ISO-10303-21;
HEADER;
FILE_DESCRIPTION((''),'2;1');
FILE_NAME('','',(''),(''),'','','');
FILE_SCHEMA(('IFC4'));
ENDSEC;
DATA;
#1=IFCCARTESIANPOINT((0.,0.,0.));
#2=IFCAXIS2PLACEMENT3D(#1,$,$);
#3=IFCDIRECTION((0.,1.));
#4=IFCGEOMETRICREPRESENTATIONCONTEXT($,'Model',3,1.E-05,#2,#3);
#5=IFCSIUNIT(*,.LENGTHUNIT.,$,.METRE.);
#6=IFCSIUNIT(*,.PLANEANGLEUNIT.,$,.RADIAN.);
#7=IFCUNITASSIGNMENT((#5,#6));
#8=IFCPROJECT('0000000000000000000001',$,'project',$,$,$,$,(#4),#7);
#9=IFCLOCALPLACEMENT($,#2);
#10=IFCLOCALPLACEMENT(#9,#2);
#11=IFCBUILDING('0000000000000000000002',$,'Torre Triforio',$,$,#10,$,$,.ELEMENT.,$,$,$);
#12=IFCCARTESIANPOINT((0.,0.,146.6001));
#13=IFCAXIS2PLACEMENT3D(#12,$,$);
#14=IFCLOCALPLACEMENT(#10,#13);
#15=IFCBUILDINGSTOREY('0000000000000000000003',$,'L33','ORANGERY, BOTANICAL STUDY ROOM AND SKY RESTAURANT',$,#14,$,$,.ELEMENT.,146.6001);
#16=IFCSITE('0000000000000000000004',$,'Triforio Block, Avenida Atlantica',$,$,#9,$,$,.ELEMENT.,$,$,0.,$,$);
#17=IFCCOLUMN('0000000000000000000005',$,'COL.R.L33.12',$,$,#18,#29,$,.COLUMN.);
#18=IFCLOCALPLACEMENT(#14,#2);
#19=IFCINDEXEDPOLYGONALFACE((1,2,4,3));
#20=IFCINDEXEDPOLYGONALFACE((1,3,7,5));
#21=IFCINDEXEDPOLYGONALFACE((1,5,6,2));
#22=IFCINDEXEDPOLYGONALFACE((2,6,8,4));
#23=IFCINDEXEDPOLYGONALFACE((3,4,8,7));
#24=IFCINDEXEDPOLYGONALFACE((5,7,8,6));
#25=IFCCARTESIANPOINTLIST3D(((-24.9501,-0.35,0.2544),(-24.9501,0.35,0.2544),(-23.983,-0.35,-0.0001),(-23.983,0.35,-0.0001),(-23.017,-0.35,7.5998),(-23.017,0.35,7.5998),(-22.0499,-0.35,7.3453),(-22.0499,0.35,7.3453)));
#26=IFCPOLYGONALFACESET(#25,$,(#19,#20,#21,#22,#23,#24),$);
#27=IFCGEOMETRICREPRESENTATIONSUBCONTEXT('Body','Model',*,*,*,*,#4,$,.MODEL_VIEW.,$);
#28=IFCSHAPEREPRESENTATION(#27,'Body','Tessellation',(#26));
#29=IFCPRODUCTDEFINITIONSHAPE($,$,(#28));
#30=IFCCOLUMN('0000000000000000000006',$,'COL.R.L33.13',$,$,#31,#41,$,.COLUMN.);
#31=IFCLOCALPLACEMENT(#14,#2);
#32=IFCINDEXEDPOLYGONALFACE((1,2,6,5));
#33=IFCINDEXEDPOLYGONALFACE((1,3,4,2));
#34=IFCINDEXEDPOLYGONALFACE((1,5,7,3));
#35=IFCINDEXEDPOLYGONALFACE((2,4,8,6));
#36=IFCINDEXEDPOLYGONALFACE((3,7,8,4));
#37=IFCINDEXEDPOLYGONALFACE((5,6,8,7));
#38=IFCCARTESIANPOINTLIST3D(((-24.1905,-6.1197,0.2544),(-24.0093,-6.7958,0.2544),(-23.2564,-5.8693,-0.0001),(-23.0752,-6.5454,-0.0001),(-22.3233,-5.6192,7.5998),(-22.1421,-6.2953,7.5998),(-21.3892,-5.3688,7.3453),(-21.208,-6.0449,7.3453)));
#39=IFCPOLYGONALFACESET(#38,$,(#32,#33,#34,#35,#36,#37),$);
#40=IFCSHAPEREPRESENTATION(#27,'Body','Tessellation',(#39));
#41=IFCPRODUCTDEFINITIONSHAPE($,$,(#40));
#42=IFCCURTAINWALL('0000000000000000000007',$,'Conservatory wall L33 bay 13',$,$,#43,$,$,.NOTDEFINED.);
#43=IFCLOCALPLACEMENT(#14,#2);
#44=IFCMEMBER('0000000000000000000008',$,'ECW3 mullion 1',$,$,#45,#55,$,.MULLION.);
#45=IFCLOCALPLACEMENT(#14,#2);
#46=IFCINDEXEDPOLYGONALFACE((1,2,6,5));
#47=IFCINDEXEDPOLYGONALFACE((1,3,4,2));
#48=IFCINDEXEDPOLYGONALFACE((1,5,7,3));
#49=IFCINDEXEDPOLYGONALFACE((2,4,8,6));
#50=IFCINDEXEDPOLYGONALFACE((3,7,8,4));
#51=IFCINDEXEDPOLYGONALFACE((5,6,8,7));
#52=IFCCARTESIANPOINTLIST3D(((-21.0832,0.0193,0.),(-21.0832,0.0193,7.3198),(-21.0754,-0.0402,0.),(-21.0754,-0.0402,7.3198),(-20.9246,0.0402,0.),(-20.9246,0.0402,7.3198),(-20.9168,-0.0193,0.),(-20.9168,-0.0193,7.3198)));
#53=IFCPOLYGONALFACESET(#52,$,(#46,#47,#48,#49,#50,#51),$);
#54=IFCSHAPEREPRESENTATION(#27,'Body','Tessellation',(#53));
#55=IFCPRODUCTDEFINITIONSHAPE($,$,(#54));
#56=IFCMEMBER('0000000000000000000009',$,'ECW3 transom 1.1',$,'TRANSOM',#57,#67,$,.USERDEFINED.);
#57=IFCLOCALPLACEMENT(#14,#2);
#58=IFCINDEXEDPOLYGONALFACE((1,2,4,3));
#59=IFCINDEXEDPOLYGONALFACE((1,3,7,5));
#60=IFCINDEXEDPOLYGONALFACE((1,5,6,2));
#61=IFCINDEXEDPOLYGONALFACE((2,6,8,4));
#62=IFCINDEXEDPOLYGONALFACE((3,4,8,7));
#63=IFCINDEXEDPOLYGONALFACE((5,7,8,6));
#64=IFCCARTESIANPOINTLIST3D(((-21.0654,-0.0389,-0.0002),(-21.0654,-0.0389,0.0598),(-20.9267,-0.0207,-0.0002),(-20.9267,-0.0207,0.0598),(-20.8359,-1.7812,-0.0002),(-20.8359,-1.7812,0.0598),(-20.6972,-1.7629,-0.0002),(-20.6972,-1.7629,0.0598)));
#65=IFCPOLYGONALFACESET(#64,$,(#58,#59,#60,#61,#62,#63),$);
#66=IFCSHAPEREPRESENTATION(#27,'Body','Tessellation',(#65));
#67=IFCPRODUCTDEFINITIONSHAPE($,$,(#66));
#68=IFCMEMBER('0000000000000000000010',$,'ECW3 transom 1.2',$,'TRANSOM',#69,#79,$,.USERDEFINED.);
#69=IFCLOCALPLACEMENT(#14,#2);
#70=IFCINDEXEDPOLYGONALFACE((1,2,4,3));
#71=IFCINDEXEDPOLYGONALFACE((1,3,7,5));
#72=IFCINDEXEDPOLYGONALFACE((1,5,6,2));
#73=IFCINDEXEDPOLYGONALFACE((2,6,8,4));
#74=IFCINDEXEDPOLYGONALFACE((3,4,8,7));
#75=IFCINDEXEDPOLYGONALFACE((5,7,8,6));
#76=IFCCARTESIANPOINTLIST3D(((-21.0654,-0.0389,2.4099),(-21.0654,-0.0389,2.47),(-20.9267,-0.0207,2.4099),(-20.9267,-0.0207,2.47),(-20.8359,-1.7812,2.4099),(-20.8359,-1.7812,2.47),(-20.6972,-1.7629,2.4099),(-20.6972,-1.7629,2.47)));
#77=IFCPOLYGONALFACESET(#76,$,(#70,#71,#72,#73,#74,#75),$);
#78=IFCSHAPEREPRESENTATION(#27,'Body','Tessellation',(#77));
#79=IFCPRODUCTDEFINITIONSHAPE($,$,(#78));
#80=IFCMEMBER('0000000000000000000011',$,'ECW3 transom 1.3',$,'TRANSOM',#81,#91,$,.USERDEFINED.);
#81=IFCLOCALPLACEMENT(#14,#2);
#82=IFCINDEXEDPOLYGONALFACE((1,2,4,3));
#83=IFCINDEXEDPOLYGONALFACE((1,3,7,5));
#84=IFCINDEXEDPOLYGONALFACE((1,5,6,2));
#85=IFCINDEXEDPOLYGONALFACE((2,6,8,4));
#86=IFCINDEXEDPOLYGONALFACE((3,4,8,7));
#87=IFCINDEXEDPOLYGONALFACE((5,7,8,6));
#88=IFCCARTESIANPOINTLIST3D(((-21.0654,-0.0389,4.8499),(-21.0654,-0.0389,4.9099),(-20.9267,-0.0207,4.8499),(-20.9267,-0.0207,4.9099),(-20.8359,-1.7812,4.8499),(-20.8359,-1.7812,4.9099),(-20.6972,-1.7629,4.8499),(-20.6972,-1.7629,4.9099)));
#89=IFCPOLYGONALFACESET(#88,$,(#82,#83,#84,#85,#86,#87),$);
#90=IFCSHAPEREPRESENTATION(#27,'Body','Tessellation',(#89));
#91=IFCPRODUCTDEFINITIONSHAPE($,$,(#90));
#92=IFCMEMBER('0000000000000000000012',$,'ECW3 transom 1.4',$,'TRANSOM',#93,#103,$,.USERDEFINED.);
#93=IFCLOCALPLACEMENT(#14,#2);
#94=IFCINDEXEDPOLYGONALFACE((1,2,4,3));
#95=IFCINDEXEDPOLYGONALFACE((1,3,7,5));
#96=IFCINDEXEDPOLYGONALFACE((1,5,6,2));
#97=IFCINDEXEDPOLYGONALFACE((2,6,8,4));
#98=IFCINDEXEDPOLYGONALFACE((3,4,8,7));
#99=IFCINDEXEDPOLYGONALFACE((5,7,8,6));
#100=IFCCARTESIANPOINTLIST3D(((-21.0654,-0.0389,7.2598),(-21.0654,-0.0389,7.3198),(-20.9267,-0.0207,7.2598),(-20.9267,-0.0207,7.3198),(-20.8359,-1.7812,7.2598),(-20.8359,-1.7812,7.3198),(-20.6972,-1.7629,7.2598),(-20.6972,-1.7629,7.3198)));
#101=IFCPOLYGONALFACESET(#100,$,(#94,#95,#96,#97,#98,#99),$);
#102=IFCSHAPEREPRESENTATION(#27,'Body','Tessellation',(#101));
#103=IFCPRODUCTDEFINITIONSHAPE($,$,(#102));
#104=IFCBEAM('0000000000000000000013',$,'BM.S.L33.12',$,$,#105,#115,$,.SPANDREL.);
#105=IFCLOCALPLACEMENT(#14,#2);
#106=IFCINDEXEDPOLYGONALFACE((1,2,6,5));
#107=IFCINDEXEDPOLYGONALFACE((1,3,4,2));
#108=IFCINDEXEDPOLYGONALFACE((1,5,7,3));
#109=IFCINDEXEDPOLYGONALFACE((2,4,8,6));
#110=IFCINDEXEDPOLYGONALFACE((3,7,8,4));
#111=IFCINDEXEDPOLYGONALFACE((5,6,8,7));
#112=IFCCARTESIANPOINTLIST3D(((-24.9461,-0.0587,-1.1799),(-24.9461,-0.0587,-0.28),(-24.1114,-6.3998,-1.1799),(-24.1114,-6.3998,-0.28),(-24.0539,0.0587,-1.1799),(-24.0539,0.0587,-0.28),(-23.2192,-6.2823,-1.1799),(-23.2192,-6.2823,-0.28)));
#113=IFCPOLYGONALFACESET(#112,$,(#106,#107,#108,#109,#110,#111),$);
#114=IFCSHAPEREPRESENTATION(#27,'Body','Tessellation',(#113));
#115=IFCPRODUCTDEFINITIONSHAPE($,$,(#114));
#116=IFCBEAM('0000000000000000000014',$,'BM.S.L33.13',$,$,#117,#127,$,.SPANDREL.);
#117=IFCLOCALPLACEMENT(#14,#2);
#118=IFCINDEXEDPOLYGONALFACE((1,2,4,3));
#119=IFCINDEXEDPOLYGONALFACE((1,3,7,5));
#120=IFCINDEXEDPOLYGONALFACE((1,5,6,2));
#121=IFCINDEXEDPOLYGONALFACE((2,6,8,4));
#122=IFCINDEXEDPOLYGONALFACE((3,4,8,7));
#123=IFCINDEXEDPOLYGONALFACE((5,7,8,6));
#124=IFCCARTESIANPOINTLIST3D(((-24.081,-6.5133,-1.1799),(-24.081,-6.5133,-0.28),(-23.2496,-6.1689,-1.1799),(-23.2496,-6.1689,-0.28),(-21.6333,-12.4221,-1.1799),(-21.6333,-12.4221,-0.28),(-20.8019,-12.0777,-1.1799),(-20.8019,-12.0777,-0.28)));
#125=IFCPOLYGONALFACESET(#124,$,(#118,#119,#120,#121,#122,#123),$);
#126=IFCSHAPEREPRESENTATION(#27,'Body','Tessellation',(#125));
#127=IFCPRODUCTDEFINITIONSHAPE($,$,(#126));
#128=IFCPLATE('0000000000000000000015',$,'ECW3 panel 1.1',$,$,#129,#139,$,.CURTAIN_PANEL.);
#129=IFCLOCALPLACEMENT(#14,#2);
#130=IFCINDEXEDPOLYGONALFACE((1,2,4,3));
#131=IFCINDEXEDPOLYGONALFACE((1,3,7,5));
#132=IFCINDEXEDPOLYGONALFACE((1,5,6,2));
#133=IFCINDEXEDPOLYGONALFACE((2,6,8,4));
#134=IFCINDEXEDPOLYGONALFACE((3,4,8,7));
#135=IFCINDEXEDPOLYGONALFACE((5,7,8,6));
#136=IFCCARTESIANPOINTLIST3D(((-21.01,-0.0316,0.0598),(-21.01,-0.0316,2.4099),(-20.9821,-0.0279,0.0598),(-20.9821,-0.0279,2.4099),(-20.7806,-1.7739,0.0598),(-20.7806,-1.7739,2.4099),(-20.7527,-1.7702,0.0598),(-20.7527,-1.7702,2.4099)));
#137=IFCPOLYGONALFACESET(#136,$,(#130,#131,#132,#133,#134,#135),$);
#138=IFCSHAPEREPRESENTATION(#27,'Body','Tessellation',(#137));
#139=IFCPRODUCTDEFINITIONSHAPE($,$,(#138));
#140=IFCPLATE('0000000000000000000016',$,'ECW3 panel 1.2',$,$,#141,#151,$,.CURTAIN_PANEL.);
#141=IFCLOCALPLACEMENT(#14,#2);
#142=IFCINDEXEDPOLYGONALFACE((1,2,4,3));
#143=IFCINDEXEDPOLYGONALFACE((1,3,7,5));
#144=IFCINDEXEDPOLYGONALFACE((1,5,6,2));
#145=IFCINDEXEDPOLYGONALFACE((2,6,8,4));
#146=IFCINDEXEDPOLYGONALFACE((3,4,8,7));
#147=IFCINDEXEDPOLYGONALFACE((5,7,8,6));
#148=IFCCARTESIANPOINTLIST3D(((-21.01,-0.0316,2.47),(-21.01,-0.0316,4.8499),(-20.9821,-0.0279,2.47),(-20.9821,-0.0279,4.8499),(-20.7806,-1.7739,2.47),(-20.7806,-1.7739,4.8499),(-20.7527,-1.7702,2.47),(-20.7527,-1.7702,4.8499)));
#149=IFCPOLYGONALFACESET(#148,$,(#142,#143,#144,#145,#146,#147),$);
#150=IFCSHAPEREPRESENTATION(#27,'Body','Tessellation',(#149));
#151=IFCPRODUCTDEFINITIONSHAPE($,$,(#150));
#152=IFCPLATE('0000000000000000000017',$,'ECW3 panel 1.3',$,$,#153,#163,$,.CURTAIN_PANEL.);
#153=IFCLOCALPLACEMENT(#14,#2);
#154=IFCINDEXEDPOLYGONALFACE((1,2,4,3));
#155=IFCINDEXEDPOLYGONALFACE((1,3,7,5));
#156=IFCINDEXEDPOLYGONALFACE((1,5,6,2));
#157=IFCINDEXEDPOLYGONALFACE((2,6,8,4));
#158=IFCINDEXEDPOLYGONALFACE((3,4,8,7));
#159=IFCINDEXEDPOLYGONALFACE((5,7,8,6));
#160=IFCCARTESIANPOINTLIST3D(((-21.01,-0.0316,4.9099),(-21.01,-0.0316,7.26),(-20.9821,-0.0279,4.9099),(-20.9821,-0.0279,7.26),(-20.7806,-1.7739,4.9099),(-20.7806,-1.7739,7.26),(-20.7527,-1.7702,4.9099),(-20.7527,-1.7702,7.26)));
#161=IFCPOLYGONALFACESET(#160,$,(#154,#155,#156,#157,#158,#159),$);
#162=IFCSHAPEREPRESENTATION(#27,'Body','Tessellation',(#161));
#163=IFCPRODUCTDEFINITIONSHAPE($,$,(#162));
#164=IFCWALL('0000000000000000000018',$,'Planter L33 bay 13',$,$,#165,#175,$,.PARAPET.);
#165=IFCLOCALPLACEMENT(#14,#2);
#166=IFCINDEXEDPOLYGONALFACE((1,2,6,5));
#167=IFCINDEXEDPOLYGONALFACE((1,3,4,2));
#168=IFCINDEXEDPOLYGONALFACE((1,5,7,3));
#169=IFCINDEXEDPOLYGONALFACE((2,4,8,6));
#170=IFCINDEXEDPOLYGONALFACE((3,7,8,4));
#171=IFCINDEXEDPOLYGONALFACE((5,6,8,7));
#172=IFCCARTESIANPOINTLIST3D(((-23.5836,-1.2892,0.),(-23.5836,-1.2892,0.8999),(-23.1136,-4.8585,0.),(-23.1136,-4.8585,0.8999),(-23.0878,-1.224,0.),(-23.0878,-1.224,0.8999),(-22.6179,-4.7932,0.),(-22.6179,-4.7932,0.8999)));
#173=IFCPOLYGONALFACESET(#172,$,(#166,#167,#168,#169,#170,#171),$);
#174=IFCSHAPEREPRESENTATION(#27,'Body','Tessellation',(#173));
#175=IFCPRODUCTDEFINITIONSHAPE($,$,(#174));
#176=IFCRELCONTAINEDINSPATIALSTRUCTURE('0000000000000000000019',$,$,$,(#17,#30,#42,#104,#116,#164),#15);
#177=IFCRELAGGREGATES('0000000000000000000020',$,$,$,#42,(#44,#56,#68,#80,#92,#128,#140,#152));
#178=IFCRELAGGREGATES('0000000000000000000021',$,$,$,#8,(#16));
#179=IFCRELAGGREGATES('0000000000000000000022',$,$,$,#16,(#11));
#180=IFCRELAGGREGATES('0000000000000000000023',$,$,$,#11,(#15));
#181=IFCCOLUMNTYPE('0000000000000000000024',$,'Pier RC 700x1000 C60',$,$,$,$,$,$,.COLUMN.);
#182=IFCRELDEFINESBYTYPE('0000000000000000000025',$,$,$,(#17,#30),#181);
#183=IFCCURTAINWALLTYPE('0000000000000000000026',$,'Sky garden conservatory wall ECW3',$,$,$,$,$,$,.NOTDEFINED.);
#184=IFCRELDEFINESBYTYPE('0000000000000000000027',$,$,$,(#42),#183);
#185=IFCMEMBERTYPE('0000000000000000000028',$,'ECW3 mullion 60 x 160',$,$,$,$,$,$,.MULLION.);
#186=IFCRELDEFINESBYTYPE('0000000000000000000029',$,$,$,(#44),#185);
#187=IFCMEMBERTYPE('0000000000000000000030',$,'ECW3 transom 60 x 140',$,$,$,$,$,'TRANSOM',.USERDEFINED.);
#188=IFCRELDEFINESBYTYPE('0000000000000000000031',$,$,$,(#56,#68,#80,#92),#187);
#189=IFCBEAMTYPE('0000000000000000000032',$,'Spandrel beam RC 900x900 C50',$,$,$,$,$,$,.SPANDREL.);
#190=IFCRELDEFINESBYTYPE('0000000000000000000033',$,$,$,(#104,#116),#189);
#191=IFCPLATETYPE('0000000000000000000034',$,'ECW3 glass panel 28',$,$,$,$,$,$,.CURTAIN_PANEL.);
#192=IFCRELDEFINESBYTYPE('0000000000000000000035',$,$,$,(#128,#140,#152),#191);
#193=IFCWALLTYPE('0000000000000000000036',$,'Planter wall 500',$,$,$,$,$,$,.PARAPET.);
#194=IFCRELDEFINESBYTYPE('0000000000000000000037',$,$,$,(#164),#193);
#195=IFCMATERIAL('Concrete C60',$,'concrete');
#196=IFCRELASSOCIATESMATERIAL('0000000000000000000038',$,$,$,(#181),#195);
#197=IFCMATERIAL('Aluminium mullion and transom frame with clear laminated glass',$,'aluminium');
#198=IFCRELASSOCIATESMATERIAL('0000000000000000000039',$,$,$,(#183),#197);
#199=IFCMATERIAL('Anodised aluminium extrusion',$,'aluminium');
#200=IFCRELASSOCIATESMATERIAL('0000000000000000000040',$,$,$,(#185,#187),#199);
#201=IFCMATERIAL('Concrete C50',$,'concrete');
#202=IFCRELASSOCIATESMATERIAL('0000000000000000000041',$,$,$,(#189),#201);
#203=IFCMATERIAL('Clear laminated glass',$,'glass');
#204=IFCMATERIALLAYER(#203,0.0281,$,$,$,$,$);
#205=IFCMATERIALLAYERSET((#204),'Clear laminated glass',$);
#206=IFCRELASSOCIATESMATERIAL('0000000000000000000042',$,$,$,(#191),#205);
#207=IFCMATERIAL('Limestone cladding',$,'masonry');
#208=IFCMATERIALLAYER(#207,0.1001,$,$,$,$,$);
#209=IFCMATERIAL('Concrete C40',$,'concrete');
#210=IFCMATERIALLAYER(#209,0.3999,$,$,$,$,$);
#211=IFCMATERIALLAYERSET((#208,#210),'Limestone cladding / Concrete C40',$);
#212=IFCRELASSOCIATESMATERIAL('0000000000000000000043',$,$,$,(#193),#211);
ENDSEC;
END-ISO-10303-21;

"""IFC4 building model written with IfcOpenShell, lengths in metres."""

from ifc_helpers import new_model, si_unit, direction, frame, frame_2d, origin, origin_2d, place, context, subcontext, project, spatial, rectangle, extrude, material, layer, layer_set, material_profile, profile_set, type_object, element, aggregate, save


model = new_model("IFC4")

# Units and contexts
model_context = context("Model", 3, precision=1e-05, world=origin(), true_north=direction((0.0, 1.0)))
body_context = subcontext(model_context, "Body", "Model", "MODEL_VIEW")
ifc_project = project(units=[si_unit("LENGTHUNIT", "METRE"), si_unit("PLANEANGLEUNIT", "RADIAN")], contexts=[model_context])

# Site, building, storey
site_placement = place(None, origin())
site = spatial("IfcSite", under=ifc_project, at=site_placement, Name="Triforio Block, Avenida Atlantica", CompositionType="ELEMENT", RefElevation=0.0)
building_placement = place(site_placement, origin())
building = spatial("IfcBuilding", under=site, at=building_placement, Name="Torre Triforio", CompositionType="ELEMENT")
storey_placement = place(building_placement, frame((0.0, 0.0, 146.6001)))
storey = spatial("IfcBuildingStorey", under=building, at=storey_placement, Name="L33", Description="ORANGERY, BOTANICAL STUDY ROOM AND SKY RESTAURANT", CompositionType="ELEMENT", Elevation=146.6001)

# Columns
ifc_material_1 = material(Name="Concrete C60", Category="concrete")
ifc_material_profile_1 = material_profile(ifc_material_1, rectangle(XDim=0.7, YDim=1.0, at=origin_2d()), Name="RC 700x1000")
ifc_profile_set_1 = profile_set([ifc_material_profile_1], Name="Concrete C60")
column_type = type_object("IfcColumnType", Name="Pier RC 700x1000 C60", PredefinedType="COLUMN", material=ifc_profile_set_1)
for number, where, z_axis, x_axis, name in (
    (1, (-24.4666, 0.0, 0.1272), (0.254504, 0.0, 0.967072), (0.0, 1.0, 0.0), "COL.R.L33.12"),
    (2, (-23.6328, -6.3325, 0.1272), (0.245826, 0.065892, 0.967072), (-0.258904, 0.965903, 0.0), "COL.R.L33.13"),
):
    element("IfcColumn", number, at=place(storey_placement, frame(where, z_axis=z_axis, x_axis=x_axis)), inside=storey, type_object=column_type, Name=name, PredefinedType="COLUMN", context=body_context, shape_type="SweptSolid", body=[
        extrude(rectangle(XDim=0.7, YDim=1.0, at=origin_2d()), origin(), (0.0, 0.0, 1.0), 7.5955),
    ])

# Curtain wall, members
ifc_material_2 = material(Name="Aluminium mullion and transom frame with clear laminated glass", Category="aluminium")
curtain_wall_type = type_object("IfcCurtainWallType", Name="Sky garden conservatory wall ECW3", PredefinedType="NOTDEFINED", material=ifc_material_2)
curtain_wall_placement = place(storey_placement, origin())
curtain_wall = element("IfcCurtainWall", 3, at=curtain_wall_placement, inside=storey, type_object=curtain_wall_type, Name="Conservatory wall L33 bay 13", PredefinedType="NOTDEFINED")
ifc_material_3 = material(Name="Anodised aluminium extrusion", Category="aluminium")
ifc_material_profile_2 = material_profile(ifc_material_3, rectangle(XDim=0.1599, YDim=0.0601, at=origin_2d()), Name="ECW3 MULLION 60x160")
ifc_profile_set_2 = profile_set([ifc_material_profile_2], Name="Anodised aluminium extrusion")
member_type_1 = type_object("IfcMemberType", Name="ECW3 mullion 60 x 160", PredefinedType="MULLION", material=ifc_profile_set_2)
member_1_placement = place(storey_placement, frame((-21.0, 0.0, 0.0), z_axis=(0.0, 0.0, 1.0), x_axis=(0.991444, 0.13053, 0.0)))
member_1 = element("IfcMember", 4, at=member_1_placement, type_object=member_type_1, Name="ECW3 mullion 1", PredefinedType="MULLION", context=body_context, shape_type="SweptSolid", body=[
    extrude(rectangle(XDim=0.1599, YDim=0.0601, at=origin_2d()), origin(), (0.0, 0.0, 1.0), 7.3198),
])
ifc_material_profile_3 = material_profile(ifc_material_3, rectangle(XDim=0.1399, YDim=0.0601, at=origin_2d()), Name="ECW3 TRANSOM 60x140")
ifc_profile_set_3 = profile_set([ifc_material_profile_3], Name="Anodised aluminium extrusion")
member_type_2 = type_object("IfcMemberType", Name="ECW3 transom 60 x 140", ElementType="TRANSOM", PredefinedType="USERDEFINED", material=ifc_profile_set_3)
member_2_placement = place(storey_placement, frame((-20.9961, -0.0298, 0.0298), z_axis=(0.130598, -0.991435, 0.0), x_axis=(0.991435, 0.130598, 0.0)))
member_2 = element("IfcMember", 5, at=member_2_placement, type_object=member_type_2, Name="ECW3 transom 1.1", ObjectType="TRANSOM", PredefinedType="USERDEFINED", context=body_context, shape_type="SweptSolid", body=[
    extrude(rectangle(XDim=0.1399, YDim=0.0601, at=origin_2d()), origin(), (0.0, 0.0, 1.0), 1.7573),
])
member_3_placement = place(storey_placement, frame((-20.9961, -0.0298, 2.4399), z_axis=(0.130598, -0.991435, 0.0), x_axis=(0.991435, 0.130598, 0.0)))
member_3 = element("IfcMember", 6, at=member_3_placement, type_object=member_type_2, Name="ECW3 transom 1.2", ObjectType="TRANSOM", PredefinedType="USERDEFINED", context=body_context, shape_type="SweptSolid", body=[
    extrude(rectangle(XDim=0.1399, YDim=0.0601, at=origin_2d()), origin(), (0.0, 0.0, 1.0), 1.7573),
])
member_4_placement = place(storey_placement, frame((-20.9961, -0.0298, 4.8799), z_axis=(0.130598, -0.991435, 0.0), x_axis=(0.991435, 0.130598, 0.0)))
member_4 = element("IfcMember", 7, at=member_4_placement, type_object=member_type_2, Name="ECW3 transom 1.3", ObjectType="TRANSOM", PredefinedType="USERDEFINED", context=body_context, shape_type="SweptSolid", body=[
    extrude(rectangle(XDim=0.1399, YDim=0.0601, at=origin_2d()), origin(), (0.0, 0.0, 1.0), 1.7573),
])
member_5_placement = place(storey_placement, frame((-20.9961, -0.0298, 7.2898), z_axis=(0.130598, -0.991435, 0.0), x_axis=(0.991435, 0.130598, 0.0)))
member_5 = element("IfcMember", 8, at=member_5_placement, type_object=member_type_2, Name="ECW3 transom 1.4", ObjectType="TRANSOM", PredefinedType="USERDEFINED", context=body_context, shape_type="SweptSolid", body=[
    extrude(rectangle(XDim=0.1399, YDim=0.0601, at=origin_2d()), origin(), (0.0, 0.0, 1.0), 1.7573),
])

# Beams
ifc_material_4 = material(Name="Concrete C50", Category="concrete")
ifc_material_profile_4 = material_profile(ifc_material_4, rectangle(XDim=0.8999, YDim=0.8999, at=origin_2d()), Name="RC 900x900")
ifc_profile_set_4 = profile_set([ifc_material_profile_4], Name="Concrete C50")
beam_type = type_object("IfcBeamType", Name="Spandrel beam RC 900x900 C50", PredefinedType="SPANDREL", material=ifc_profile_set_4)
for number, where, z_axis, x_axis, name in (
    (9, (-24.5, 0.0, -0.73), (0.130511, -0.991447, 0.0), (0.991447, 0.130511, 0.0), "BM.S.L33.12"),
    (10, (-23.6653, -6.3411, -0.73), (0.382709, -0.923869, 0.0), (0.923869, 0.382709, 0.0), "BM.S.L33.13"),
):
    element("IfcBeam", number, at=place(storey_placement, frame(where, z_axis=z_axis, x_axis=x_axis)), inside=storey, type_object=beam_type, Name=name, PredefinedType="SPANDREL", context=body_context, shape_type="SweptSolid", body=[
        extrude(rectangle(XDim=0.8999, YDim=0.8999, at=origin_2d()), origin(), (0.0, 0.0, 1.0), 6.3958),
    ])

# Plates
ifc_material_5 = material(Name="Clear laminated glass", Category="glass")
ifc_layer_1 = layer(ifc_material_5, 0.0281)
ifc_layer_set_1 = layer_set([ifc_layer_1], Name="Clear laminated glass")
plate_type = type_object("IfcPlateType", Name="ECW3 glass panel 28", PredefinedType="CURTAIN_PANEL", material=ifc_layer_set_1)
plate_1_placement = place(storey_placement, frame((-20.8813, -0.9009, 0.0598), z_axis=(0.0, 0.0, 1.0), x_axis=(0.13053, -0.991444, 0.0)))
plate_1 = element("IfcPlate", 11, at=plate_1_placement, type_object=plate_type, Name="ECW3 panel 1.1", PredefinedType="CURTAIN_PANEL", context=body_context, shape_type="SweptSolid", body=[
    extrude(rectangle(XDim=1.7573, YDim=0.0281, at=origin_2d()), origin(), (0.0, 0.0, 1.0), 2.3501),
])
plate_2_placement = place(storey_placement, frame((-20.8813, -0.9009, 2.47), z_axis=(0.0, 0.0, 1.0), x_axis=(0.13053, -0.991444, 0.0)))
plate_2 = element("IfcPlate", 12, at=plate_2_placement, type_object=plate_type, Name="ECW3 panel 1.2", PredefinedType="CURTAIN_PANEL", context=body_context, shape_type="SweptSolid", body=[
    extrude(rectangle(XDim=1.7573, YDim=0.0281, at=origin_2d()), origin(), (0.0, 0.0, 1.0), 2.3799),
])
plate_3_placement = place(storey_placement, frame((-20.8813, -0.9009, 4.9099), z_axis=(0.0, 0.0, 1.0), x_axis=(0.13053, -0.991444, 0.0)))
plate_3 = element("IfcPlate", 13, at=plate_3_placement, type_object=plate_type, Name="ECW3 panel 1.3", PredefinedType="CURTAIN_PANEL", context=body_context, shape_type="SweptSolid", body=[
    extrude(rectangle(XDim=1.7573, YDim=0.0281, at=origin_2d()), origin(), (0.0, 0.0, 1.0), 2.3501),
])
aggregate(curtain_wall, [member_1, member_2, member_3, member_4, member_5, plate_1, plate_2, plate_3])

# Wall
ifc_material_6 = material(Name="Limestone cladding", Category="masonry")
ifc_layer_2 = layer(ifc_material_6, 0.1001)
ifc_material_7 = material(Name="Concrete C40", Category="concrete")
ifc_layer_3 = layer(ifc_material_7, 0.3999)
ifc_layer_set_2 = layer_set([ifc_layer_2, ifc_layer_3], Name="Limestone cladding / Concrete C40")
wall_type = type_object("IfcWallType", Name="Planter wall 500", PredefinedType="PARAPET", material=ifc_layer_set_2)
wall_placement = place(storey_placement, frame((-23.3357, -1.2566, 0.0), z_axis=(0.0, 0.0, 1.0), x_axis=(0.130542, -0.991443, 0.0)))
element("IfcWall", 14, at=wall_placement, inside=storey, type_object=wall_type, Name="Planter L33 bay 13", PredefinedType="PARAPET", context=body_context, shape_type="SweptSolid", body=[
    extrude(rectangle(XDim=3.6001, YDim=0.5, at=frame_2d((1.8, 0.0))), origin(), (0.0, 0.0, 1.0), 0.8999),
])

save(model, "model.ifc")
